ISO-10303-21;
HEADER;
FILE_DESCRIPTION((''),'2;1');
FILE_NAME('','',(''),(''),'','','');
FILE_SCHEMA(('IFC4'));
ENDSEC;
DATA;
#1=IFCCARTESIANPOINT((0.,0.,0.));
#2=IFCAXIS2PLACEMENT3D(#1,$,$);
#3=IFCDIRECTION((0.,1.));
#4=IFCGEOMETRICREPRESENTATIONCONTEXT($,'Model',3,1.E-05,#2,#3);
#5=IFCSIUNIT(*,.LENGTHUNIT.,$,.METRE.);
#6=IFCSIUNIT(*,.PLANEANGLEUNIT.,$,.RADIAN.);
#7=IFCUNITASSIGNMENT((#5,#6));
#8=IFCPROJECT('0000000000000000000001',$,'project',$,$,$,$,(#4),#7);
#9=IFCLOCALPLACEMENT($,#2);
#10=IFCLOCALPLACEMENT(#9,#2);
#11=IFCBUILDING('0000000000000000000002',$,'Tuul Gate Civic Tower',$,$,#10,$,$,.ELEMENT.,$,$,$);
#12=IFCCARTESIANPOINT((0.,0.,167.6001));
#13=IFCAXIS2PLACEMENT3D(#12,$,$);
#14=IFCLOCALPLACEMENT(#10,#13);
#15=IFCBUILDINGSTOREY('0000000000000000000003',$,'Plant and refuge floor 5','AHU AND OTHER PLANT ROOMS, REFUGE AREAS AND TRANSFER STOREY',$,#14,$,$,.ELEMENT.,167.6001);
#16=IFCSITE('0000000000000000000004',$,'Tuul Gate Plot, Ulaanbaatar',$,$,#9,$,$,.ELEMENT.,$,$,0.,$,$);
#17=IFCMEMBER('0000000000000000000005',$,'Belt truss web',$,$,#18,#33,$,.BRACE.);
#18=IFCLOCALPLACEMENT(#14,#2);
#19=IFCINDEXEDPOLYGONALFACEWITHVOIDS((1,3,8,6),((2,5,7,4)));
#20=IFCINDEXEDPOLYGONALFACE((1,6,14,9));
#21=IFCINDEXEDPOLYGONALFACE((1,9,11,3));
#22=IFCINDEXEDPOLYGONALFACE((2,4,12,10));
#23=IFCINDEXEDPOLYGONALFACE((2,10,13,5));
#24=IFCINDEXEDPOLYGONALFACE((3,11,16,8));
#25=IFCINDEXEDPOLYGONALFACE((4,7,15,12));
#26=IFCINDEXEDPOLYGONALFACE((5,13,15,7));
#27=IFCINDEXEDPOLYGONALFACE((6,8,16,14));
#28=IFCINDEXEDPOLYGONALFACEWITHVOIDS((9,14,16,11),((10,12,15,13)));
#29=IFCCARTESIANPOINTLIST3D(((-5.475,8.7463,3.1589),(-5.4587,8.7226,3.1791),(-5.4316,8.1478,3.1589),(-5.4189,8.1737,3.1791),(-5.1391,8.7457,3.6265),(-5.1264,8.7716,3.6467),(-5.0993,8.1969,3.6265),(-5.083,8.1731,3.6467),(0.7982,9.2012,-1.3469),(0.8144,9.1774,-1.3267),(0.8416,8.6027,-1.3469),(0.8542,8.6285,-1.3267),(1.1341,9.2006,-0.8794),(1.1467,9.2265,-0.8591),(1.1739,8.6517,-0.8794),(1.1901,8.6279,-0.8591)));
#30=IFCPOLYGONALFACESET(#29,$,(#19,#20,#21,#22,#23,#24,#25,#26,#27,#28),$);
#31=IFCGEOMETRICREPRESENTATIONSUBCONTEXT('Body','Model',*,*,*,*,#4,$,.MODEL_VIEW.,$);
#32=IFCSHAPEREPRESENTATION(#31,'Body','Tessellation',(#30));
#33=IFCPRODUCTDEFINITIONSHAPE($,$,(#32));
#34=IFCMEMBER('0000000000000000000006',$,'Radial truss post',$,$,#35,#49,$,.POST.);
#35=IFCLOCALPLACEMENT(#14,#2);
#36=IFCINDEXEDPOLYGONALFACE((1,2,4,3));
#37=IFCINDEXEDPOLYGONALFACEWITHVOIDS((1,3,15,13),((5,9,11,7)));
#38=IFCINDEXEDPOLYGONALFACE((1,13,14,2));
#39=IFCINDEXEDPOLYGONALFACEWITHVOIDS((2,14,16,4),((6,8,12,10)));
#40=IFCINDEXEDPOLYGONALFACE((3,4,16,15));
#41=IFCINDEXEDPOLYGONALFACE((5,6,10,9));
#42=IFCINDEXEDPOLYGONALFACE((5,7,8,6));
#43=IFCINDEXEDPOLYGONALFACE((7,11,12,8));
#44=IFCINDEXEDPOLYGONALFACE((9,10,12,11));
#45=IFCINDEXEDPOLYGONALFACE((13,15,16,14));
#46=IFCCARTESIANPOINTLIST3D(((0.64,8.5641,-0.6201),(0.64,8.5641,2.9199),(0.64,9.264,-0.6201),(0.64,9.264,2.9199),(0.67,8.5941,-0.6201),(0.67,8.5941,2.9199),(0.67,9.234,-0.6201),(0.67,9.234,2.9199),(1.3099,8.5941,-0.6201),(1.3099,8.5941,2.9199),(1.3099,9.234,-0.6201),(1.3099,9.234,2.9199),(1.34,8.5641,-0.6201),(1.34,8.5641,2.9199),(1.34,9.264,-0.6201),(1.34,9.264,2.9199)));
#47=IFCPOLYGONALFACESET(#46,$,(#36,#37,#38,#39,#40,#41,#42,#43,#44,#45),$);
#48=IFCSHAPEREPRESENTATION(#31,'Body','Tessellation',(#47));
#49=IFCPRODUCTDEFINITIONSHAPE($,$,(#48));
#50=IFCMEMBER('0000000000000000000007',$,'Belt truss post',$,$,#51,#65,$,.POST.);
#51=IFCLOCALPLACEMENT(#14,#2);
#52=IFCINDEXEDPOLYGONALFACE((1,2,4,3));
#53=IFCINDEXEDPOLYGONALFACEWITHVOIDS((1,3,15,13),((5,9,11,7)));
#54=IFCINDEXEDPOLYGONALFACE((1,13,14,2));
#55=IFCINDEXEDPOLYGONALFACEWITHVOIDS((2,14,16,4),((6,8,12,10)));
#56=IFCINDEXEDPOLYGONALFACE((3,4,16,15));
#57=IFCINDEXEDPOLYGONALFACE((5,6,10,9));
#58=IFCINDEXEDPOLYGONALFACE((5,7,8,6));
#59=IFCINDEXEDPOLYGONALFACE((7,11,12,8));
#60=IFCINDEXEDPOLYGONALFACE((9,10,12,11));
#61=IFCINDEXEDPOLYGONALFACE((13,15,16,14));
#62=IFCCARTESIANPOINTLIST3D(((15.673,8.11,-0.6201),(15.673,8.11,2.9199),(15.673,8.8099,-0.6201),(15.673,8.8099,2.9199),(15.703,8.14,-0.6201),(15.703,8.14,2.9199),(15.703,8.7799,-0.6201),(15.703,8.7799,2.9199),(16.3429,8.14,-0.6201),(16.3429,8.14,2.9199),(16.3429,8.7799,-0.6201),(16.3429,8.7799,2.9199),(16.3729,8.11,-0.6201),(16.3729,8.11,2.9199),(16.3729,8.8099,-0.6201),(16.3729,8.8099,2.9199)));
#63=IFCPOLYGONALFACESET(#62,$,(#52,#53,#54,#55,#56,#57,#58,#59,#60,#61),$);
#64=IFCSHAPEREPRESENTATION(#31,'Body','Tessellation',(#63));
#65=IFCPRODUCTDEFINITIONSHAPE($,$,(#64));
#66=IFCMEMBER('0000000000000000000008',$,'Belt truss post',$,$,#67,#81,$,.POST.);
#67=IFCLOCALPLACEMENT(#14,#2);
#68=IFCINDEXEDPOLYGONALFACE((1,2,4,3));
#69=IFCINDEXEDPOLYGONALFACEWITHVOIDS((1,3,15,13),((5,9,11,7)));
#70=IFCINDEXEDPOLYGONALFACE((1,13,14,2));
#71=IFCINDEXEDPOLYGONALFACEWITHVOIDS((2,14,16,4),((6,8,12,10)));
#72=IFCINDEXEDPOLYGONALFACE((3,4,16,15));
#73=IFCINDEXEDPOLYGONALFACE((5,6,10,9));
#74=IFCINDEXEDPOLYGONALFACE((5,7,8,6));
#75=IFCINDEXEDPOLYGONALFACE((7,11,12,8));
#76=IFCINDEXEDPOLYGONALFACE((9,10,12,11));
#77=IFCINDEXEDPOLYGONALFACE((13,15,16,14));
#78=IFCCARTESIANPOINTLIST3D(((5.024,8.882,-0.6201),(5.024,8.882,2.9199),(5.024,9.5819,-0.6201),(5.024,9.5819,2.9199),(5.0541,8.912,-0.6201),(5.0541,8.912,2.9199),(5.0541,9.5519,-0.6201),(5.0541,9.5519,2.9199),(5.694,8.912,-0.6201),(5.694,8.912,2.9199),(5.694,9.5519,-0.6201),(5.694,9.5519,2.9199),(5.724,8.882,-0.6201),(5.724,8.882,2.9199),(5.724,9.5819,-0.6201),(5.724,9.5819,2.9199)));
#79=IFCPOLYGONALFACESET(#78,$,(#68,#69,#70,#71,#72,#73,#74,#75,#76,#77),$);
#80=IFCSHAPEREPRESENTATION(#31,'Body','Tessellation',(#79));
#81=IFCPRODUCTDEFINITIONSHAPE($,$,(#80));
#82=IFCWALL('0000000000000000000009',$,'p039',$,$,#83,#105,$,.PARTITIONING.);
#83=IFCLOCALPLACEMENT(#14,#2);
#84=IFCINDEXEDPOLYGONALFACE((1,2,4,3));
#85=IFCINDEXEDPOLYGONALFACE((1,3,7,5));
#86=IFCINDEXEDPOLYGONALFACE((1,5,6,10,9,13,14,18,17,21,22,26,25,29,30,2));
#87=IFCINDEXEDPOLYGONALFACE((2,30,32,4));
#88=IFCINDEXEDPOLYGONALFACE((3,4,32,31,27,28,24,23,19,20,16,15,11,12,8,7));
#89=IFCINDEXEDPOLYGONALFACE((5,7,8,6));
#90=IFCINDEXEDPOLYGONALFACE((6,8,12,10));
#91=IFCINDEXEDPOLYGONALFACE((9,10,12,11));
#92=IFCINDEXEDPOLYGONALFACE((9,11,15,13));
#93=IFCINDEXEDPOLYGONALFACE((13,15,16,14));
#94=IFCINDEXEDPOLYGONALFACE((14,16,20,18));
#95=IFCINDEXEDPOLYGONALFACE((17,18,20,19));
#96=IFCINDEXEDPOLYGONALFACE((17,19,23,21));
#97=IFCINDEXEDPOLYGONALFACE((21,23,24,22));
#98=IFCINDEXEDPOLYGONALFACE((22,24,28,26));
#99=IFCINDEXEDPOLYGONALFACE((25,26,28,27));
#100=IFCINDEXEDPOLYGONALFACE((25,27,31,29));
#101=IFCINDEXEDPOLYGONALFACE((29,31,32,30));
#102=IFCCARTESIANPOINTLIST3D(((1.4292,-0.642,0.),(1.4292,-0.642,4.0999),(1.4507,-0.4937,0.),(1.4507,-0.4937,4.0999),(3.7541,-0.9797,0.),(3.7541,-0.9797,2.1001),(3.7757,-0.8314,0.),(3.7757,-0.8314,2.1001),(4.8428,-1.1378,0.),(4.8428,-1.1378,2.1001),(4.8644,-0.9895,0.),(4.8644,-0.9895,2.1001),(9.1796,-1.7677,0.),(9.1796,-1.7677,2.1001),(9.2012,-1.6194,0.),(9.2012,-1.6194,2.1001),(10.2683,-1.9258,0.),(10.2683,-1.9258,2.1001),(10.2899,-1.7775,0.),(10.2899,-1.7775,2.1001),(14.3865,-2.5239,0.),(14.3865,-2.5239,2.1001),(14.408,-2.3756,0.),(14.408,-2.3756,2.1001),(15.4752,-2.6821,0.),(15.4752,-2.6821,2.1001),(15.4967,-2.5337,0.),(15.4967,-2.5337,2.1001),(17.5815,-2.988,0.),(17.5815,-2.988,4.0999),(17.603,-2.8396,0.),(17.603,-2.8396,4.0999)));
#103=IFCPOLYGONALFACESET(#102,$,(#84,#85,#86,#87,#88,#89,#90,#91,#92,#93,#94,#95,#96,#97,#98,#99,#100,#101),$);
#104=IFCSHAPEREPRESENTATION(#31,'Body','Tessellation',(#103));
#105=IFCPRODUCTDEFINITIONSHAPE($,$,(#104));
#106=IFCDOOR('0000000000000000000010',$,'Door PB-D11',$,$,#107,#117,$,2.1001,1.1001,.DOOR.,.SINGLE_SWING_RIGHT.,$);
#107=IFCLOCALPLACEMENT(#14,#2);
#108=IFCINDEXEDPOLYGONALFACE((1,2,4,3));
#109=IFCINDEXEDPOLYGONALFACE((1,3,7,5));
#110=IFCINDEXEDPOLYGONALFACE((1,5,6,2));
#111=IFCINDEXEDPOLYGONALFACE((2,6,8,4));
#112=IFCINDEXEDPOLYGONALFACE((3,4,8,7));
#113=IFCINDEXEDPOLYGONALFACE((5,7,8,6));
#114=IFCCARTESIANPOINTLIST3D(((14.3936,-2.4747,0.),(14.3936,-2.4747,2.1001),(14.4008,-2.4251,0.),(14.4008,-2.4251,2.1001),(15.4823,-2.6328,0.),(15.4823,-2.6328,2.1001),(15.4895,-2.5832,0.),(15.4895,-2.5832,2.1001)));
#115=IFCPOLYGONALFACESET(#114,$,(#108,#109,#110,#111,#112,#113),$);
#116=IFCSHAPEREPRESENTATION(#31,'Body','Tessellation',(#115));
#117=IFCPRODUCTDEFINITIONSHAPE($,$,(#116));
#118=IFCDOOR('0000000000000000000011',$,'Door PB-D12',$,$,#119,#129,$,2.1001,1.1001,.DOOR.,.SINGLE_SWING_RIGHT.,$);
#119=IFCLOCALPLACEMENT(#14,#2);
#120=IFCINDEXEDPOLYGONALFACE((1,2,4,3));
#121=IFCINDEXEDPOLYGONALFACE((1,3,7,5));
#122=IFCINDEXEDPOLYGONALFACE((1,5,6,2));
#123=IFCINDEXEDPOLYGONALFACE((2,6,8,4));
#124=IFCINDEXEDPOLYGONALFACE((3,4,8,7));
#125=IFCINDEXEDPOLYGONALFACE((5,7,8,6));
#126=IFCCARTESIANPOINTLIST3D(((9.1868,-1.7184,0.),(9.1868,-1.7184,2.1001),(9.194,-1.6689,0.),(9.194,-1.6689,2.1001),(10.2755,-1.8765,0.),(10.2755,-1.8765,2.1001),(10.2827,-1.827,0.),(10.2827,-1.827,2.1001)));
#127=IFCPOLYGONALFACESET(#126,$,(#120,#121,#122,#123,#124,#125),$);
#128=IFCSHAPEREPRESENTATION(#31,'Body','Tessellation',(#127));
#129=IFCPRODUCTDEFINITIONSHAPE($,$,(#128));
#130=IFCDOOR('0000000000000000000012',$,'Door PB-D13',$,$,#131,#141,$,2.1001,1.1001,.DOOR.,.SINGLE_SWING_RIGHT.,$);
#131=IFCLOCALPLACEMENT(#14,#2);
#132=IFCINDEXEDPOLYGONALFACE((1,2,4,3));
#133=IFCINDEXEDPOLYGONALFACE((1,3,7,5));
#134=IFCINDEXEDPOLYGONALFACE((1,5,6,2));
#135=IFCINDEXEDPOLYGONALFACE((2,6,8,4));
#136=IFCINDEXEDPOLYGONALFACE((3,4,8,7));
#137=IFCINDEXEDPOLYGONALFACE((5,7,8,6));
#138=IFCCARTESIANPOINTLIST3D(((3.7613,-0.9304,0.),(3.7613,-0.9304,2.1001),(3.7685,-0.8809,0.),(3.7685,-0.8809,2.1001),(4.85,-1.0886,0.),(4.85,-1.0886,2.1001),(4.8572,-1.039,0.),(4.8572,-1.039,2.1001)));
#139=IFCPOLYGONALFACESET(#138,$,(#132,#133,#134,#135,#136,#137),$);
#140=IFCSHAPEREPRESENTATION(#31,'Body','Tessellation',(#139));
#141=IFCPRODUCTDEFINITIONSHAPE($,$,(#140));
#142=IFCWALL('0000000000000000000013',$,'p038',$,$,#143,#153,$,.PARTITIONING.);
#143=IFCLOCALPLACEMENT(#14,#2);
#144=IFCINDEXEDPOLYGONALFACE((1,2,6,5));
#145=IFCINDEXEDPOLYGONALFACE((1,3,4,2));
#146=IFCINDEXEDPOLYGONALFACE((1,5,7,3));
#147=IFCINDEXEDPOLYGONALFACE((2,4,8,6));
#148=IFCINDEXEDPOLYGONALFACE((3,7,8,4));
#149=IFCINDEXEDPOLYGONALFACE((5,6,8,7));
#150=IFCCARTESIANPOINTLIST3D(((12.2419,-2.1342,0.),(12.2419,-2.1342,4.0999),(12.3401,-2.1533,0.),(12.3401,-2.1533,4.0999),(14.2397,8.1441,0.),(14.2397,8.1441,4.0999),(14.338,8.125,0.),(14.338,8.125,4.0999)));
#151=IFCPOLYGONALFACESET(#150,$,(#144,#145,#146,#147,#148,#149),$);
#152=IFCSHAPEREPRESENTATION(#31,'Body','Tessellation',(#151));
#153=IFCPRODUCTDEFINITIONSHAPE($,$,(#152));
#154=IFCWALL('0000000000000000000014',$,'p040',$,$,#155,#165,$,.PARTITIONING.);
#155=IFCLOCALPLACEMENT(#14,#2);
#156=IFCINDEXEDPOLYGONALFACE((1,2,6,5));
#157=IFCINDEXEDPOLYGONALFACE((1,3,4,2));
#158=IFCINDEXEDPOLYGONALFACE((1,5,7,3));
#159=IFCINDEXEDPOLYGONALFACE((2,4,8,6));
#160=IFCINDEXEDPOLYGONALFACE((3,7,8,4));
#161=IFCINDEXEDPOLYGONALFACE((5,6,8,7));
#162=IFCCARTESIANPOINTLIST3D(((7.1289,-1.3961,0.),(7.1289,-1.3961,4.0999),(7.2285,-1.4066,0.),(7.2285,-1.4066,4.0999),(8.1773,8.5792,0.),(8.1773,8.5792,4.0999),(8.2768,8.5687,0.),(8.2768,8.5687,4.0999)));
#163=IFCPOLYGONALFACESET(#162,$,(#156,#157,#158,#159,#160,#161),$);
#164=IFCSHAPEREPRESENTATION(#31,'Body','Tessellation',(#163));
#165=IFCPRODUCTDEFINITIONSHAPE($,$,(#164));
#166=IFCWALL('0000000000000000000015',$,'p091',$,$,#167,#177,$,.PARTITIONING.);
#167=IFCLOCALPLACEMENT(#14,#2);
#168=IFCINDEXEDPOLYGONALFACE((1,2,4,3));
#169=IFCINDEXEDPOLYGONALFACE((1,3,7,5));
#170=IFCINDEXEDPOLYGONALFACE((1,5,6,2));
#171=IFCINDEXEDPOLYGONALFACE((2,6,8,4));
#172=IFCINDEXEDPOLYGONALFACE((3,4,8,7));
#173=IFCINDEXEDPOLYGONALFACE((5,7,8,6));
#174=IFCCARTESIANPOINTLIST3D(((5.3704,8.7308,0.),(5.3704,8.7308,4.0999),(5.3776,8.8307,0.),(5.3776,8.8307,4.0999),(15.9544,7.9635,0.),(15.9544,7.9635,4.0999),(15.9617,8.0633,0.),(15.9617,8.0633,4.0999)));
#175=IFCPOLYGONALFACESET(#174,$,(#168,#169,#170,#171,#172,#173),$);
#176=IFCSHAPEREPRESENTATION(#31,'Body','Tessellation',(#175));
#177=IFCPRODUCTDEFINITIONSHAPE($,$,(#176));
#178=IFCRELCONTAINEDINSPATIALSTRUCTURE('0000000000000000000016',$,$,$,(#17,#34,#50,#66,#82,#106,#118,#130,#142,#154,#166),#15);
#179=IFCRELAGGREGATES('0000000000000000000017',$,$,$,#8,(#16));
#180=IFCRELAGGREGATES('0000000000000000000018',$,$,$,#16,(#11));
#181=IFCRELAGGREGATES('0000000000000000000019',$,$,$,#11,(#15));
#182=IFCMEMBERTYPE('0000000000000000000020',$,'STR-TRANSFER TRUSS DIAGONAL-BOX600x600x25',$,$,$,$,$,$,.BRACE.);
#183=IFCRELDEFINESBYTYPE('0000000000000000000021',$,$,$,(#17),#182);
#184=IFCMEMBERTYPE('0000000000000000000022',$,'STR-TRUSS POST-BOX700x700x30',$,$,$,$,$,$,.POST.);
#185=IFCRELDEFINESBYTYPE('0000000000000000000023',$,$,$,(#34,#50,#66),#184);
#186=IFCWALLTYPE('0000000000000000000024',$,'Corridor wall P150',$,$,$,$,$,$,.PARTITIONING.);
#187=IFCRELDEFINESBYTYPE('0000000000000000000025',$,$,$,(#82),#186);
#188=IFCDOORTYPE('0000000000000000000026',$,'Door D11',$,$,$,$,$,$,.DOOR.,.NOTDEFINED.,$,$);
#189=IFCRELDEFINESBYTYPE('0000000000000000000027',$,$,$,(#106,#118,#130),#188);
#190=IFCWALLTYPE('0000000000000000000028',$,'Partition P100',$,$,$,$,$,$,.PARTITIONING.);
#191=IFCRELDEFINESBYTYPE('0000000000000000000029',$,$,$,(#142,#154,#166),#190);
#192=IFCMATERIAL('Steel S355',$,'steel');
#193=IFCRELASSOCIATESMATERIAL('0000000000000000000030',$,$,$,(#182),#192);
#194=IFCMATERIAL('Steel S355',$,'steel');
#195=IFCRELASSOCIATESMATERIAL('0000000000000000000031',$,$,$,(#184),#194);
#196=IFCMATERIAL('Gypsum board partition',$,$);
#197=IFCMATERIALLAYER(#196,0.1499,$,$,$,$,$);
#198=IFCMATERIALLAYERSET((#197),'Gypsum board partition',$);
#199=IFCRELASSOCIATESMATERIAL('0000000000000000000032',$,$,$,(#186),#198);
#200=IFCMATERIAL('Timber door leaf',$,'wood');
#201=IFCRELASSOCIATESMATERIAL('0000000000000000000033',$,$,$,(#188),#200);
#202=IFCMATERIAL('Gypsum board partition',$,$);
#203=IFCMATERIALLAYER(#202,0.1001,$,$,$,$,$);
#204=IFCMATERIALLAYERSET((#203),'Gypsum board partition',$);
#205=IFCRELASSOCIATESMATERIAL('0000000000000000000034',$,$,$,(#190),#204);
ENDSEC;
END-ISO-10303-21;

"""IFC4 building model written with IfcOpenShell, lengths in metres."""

from ifc_helpers import new_model, si_unit, direction, frame, frame_2d, origin, origin_2d, place, context, subcontext, project, spatial, rectangle, hollow_rectangle, extrude, material, layer, layer_set, material_profile, profile_set, type_object, element, fill, save


model = new_model("IFC4")

# Units and contexts
model_context = context("Model", 3, precision=1e-05, world=origin(), true_north=direction((0.0, 1.0)))
body_context = subcontext(model_context, "Body", "Model", "MODEL_VIEW")
ifc_project = project(units=[si_unit("LENGTHUNIT", "METRE"), si_unit("PLANEANGLEUNIT", "RADIAN")], contexts=[model_context])

# Site, building, storey
site_placement = place(None, origin())
site = spatial("IfcSite", under=ifc_project, at=site_placement, Name="Tuul Gate Plot, Ulaanbaatar", CompositionType="ELEMENT", RefElevation=0.0)
building_placement = place(site_placement, origin())
building = spatial("IfcBuilding", under=site, at=building_placement, Name="Tuul Gate Civic Tower", CompositionType="ELEMENT")
storey_placement = place(building_placement, frame((0.0, 0.0, 167.6001)))
storey = spatial("IfcBuildingStorey", under=building, at=storey_placement, Name="Plant and refuge floor 5", Description="AHU AND OTHER PLANT ROOMS, REFUGE AREAS AND TRANSFER STOREY", CompositionType="ELEMENT", Elevation=167.6001)

# Members
ifc_material_1 = material(Name="Steel S355", Category="steel")
ifc_material_profile_1 = material_profile(ifc_material_1, hollow_rectangle(XDim=0.6001, YDim=0.6001, WallThickness=0.0249, at=origin_2d()), Name="BOX600x600x25")
ifc_profile_set_1 = profile_set([ifc_material_profile_1], Name="Steel S355")
member_type_1 = type_object("IfcMemberType", Name="STR-TRANSFER TRUSS DIAGONAL-BOX600x600x25", PredefinedType="BRACE", material=ifc_profile_set_1)
member_1_placement = place(storey_placement, frame((0.9941, 8.9146, -1.103), z_axis=(-0.810795, -0.058786, 0.582371), x_axis=(0.072315, -0.997382, 0.0)))
element("IfcMember", 1, at=member_1_placement, inside=storey, type_object=member_type_1, Name="Belt truss web", PredefinedType="BRACE", context=body_context, shape_type="SweptSolid", body=[
    extrude(hollow_rectangle(XDim=0.6001, YDim=0.6001, WallThickness=0.0249, at=origin_2d()), origin(), (0.0, 0.0, 1.0), 7.7371),
])
ifc_material_2 = material(Name="Steel S355", Category="steel")
ifc_material_profile_2 = material_profile(ifc_material_2, hollow_rectangle(XDim=0.7, YDim=0.7, WallThickness=0.03, at=origin_2d()), Name="BOX700x700x30")
ifc_profile_set_2 = profile_set([ifc_material_profile_2], Name="Steel S355")
member_type_2 = type_object("IfcMemberType", Name="STR-TRUSS POST-BOX700x700x30", PredefinedType="POST", material=ifc_profile_set_2)
for number, where, z_axis, x_axis, name in (
    (2, (0.99, 8.9141, -0.6201), (0.0, 0.0, 1.0), (1.0, 0.0, 0.0), "Radial truss post"),
    (3, (16.0229, 8.46, -0.6201), (0.0, 0.0, 1.0), (1.0, 0.0, 0.0), "Belt truss post"),
    (4, (5.374, 9.2319, -0.6201), (0.0, 0.0, 1.0), (1.0, 0.0, 0.0), "Belt truss post"),
):
    element("IfcMember", number, at=place(storey_placement, frame(where, z_axis=z_axis, x_axis=x_axis)), inside=storey, type_object=member_type_2, Name=name, PredefinedType="POST", context=body_context, shape_type="SweptSolid", body=[
        extrude(hollow_rectangle(XDim=0.7, YDim=0.7, WallThickness=0.03, at=origin_2d()), origin(), (0.0, 0.0, 1.0), 3.54),
    ])

# Wall, openings, doors
ifc_material_3 = material(Name="Gypsum board partition")
ifc_layer_1 = layer(ifc_material_3, 0.1499)
ifc_layer_set_1 = layer_set([ifc_layer_1], Name="Gypsum board partition")
wall_type_1 = type_object("IfcWallType", Name="Corridor wall P150", PredefinedType="PARTITIONING", material=ifc_layer_set_1)
wall_1_placement = place(storey_placement, frame((1.4399, -0.5679, 0.0), z_axis=(0.0, 0.0, 1.0), x_axis=(0.989617, -0.143731, 0.0)))
wall_1 = element("IfcWall", 5, at=wall_1_placement, inside=storey, type_object=wall_type_1, Name="p039", PredefinedType="PARTITIONING", context=body_context, shape_type="SweptSolid", body=[
    extrude(rectangle(XDim=16.3218, YDim=0.1499, at=frame_2d((8.1609, 0.0))), origin(), (0.0, 0.0, 1.0), 4.0999),
])
opening_1_placement = place(wall_1_placement, frame((13.0933, 0.0, 0.0)))
opening_1 = element("IfcOpeningElement", 6, at=opening_1_placement, cuts=wall_1, PredefinedType="OPENING", context=body_context, shape_type="SweptSolid", body=[
    extrude(rectangle(XDim=1.1001, YDim=2.1001, at=frame_2d((0.55, 1.05))), frame((0.0, 0.085, 0.0), z_axis=(0.0, -1.0, 0.0), x_axis=(1.0, 0.0, 0.0)), (0.0, 0.0, 1.0), 0.1699),
])
opening_2_placement = place(wall_1_placement, frame((7.8318, 0.0, 0.0)))
opening_2 = element("IfcOpeningElement", 7, at=opening_2_placement, cuts=wall_1, PredefinedType="OPENING", context=body_context, shape_type="SweptSolid", body=[
    extrude(rectangle(XDim=1.1001, YDim=2.1001, at=frame_2d((0.55, 1.05))), frame((0.0, 0.085, 0.0), z_axis=(0.0, -1.0, 0.0), x_axis=(1.0, 0.0, 0.0)), (0.0, 0.0, 1.0), 0.1699),
])
opening_3_placement = place(wall_1_placement, frame((2.3494, 0.0, 0.0)))
opening_3 = element("IfcOpeningElement", 8, at=opening_3_placement, cuts=wall_1, PredefinedType="OPENING", context=body_context, shape_type="SweptSolid", body=[
    extrude(rectangle(XDim=1.1001, YDim=2.1001, at=frame_2d((0.55, 1.05))), frame((0.0, 0.085, 0.0), z_axis=(0.0, -1.0, 0.0), x_axis=(1.0, 0.0, 0.0)), (0.0, 0.0, 1.0), 0.1699),
])
ifc_material_4 = material(Name="Timber door leaf", Category="wood")
door_type = type_object("IfcDoorType", Name="Door D11", OperationType="NOTDEFINED", PredefinedType="DOOR", material=ifc_material_4)
door_1_placement = place(opening_1_placement, origin())
door_1 = element("IfcDoor", 9, at=door_1_placement, inside=storey, type_object=door_type, Name="Door PB-D11", OperationType="SINGLE_SWING_RIGHT", OverallHeight=2.1001, OverallWidth=1.1001, PredefinedType="DOOR", context=body_context, shape_type="SweptSolid", body=[
    extrude(rectangle(XDim=1.1001, YDim=2.1001, at=frame_2d((0.55, 1.05))), frame((0.0, 0.0249, 0.0), z_axis=(0.0, -1.0, 0.0), x_axis=(1.0, 0.0, 0.0)), (0.0, 0.0, 1.0), 0.05),
])
fill(opening_1, door_1)
door_2_placement = place(opening_2_placement, origin())
door_2 = element("IfcDoor", 10, at=door_2_placement, inside=storey, type_object=door_type, Name="Door PB-D12", OperationType="SINGLE_SWING_RIGHT", OverallHeight=2.1001, OverallWidth=1.1001, PredefinedType="DOOR", context=body_context, shape_type="SweptSolid", body=[
    extrude(rectangle(XDim=1.1001, YDim=2.1001, at=frame_2d((0.55, 1.05))), frame((0.0, 0.0249, 0.0), z_axis=(0.0, -1.0, 0.0), x_axis=(1.0, 0.0, 0.0)), (0.0, 0.0, 1.0), 0.05),
])
fill(opening_2, door_2)
door_3_placement = place(opening_3_placement, origin())
door_3 = element("IfcDoor", 11, at=door_3_placement, inside=storey, type_object=door_type, Name="Door PB-D13", OperationType="SINGLE_SWING_RIGHT", OverallHeight=2.1001, OverallWidth=1.1001, PredefinedType="DOOR", context=body_context, shape_type="SweptSolid", body=[
    extrude(rectangle(XDim=1.1001, YDim=2.1001, at=frame_2d((0.55, 1.05))), frame((0.0, 0.0249, 0.0), z_axis=(0.0, -1.0, 0.0), x_axis=(1.0, 0.0, 0.0)), (0.0, 0.0, 1.0), 0.05),
])
fill(opening_3, door_3)

# Walls
ifc_material_5 = material(Name="Gypsum board partition")
ifc_layer_2 = layer(ifc_material_5, 0.1001)
ifc_layer_set_2 = layer_set([ifc_layer_2], Name="Gypsum board partition")
wall_type_2 = type_object("IfcWallType", Name="Partition P100", PredefinedType="PARTITIONING", material=ifc_layer_set_2)
wall_2_placement = place(storey_placement, frame((12.291, -2.1438, 0.0), z_axis=(0.0, 0.0, 1.0), x_axis=(0.1908, 0.981629, 0.0)))
element("IfcWall", 12, at=wall_2_placement, inside=storey, type_object=wall_type_2, Name="p038", PredefinedType="PARTITIONING", context=body_context, shape_type="SweptSolid", body=[
    extrude(rectangle(XDim=10.4707, YDim=0.1001, at=frame_2d((5.2354, 0.0))), origin(), (0.0, 0.0, 1.0), 4.0999),
])
wall_3_placement = place(storey_placement, frame((7.1787, -1.4014, 0.0), z_axis=(0.0, 0.0, 1.0), x_axis=(0.104518, 0.994523, 0.0)))
element("IfcWall", 13, at=wall_3_placement, inside=storey, type_object=wall_type_2, Name="p040", PredefinedType="PARTITIONING", context=body_context, shape_type="SweptSolid", body=[
    extrude(rectangle(XDim=10.0303, YDim=0.1001, at=frame_2d((5.0151, 0.0))), origin(), (0.0, 0.0, 1.0), 4.0999),
])
wall_4_placement = place(storey_placement, frame((5.374, 8.7808, 0.0), z_axis=(0.0, 0.0, 1.0), x_axis=(0.997382, -0.07231, 0.0)))
element("IfcWall", 14, at=wall_4_placement, inside=storey, type_object=wall_type_2, Name="p091", PredefinedType="PARTITIONING", context=body_context, shape_type="SweptSolid", body=[
    extrude(rectangle(XDim=10.6118, YDim=0.1001, at=frame_2d((5.3059, 0.0))), origin(), (0.0, 0.0, 1.0), 4.0999),
])

save(model, "model.ifc")
